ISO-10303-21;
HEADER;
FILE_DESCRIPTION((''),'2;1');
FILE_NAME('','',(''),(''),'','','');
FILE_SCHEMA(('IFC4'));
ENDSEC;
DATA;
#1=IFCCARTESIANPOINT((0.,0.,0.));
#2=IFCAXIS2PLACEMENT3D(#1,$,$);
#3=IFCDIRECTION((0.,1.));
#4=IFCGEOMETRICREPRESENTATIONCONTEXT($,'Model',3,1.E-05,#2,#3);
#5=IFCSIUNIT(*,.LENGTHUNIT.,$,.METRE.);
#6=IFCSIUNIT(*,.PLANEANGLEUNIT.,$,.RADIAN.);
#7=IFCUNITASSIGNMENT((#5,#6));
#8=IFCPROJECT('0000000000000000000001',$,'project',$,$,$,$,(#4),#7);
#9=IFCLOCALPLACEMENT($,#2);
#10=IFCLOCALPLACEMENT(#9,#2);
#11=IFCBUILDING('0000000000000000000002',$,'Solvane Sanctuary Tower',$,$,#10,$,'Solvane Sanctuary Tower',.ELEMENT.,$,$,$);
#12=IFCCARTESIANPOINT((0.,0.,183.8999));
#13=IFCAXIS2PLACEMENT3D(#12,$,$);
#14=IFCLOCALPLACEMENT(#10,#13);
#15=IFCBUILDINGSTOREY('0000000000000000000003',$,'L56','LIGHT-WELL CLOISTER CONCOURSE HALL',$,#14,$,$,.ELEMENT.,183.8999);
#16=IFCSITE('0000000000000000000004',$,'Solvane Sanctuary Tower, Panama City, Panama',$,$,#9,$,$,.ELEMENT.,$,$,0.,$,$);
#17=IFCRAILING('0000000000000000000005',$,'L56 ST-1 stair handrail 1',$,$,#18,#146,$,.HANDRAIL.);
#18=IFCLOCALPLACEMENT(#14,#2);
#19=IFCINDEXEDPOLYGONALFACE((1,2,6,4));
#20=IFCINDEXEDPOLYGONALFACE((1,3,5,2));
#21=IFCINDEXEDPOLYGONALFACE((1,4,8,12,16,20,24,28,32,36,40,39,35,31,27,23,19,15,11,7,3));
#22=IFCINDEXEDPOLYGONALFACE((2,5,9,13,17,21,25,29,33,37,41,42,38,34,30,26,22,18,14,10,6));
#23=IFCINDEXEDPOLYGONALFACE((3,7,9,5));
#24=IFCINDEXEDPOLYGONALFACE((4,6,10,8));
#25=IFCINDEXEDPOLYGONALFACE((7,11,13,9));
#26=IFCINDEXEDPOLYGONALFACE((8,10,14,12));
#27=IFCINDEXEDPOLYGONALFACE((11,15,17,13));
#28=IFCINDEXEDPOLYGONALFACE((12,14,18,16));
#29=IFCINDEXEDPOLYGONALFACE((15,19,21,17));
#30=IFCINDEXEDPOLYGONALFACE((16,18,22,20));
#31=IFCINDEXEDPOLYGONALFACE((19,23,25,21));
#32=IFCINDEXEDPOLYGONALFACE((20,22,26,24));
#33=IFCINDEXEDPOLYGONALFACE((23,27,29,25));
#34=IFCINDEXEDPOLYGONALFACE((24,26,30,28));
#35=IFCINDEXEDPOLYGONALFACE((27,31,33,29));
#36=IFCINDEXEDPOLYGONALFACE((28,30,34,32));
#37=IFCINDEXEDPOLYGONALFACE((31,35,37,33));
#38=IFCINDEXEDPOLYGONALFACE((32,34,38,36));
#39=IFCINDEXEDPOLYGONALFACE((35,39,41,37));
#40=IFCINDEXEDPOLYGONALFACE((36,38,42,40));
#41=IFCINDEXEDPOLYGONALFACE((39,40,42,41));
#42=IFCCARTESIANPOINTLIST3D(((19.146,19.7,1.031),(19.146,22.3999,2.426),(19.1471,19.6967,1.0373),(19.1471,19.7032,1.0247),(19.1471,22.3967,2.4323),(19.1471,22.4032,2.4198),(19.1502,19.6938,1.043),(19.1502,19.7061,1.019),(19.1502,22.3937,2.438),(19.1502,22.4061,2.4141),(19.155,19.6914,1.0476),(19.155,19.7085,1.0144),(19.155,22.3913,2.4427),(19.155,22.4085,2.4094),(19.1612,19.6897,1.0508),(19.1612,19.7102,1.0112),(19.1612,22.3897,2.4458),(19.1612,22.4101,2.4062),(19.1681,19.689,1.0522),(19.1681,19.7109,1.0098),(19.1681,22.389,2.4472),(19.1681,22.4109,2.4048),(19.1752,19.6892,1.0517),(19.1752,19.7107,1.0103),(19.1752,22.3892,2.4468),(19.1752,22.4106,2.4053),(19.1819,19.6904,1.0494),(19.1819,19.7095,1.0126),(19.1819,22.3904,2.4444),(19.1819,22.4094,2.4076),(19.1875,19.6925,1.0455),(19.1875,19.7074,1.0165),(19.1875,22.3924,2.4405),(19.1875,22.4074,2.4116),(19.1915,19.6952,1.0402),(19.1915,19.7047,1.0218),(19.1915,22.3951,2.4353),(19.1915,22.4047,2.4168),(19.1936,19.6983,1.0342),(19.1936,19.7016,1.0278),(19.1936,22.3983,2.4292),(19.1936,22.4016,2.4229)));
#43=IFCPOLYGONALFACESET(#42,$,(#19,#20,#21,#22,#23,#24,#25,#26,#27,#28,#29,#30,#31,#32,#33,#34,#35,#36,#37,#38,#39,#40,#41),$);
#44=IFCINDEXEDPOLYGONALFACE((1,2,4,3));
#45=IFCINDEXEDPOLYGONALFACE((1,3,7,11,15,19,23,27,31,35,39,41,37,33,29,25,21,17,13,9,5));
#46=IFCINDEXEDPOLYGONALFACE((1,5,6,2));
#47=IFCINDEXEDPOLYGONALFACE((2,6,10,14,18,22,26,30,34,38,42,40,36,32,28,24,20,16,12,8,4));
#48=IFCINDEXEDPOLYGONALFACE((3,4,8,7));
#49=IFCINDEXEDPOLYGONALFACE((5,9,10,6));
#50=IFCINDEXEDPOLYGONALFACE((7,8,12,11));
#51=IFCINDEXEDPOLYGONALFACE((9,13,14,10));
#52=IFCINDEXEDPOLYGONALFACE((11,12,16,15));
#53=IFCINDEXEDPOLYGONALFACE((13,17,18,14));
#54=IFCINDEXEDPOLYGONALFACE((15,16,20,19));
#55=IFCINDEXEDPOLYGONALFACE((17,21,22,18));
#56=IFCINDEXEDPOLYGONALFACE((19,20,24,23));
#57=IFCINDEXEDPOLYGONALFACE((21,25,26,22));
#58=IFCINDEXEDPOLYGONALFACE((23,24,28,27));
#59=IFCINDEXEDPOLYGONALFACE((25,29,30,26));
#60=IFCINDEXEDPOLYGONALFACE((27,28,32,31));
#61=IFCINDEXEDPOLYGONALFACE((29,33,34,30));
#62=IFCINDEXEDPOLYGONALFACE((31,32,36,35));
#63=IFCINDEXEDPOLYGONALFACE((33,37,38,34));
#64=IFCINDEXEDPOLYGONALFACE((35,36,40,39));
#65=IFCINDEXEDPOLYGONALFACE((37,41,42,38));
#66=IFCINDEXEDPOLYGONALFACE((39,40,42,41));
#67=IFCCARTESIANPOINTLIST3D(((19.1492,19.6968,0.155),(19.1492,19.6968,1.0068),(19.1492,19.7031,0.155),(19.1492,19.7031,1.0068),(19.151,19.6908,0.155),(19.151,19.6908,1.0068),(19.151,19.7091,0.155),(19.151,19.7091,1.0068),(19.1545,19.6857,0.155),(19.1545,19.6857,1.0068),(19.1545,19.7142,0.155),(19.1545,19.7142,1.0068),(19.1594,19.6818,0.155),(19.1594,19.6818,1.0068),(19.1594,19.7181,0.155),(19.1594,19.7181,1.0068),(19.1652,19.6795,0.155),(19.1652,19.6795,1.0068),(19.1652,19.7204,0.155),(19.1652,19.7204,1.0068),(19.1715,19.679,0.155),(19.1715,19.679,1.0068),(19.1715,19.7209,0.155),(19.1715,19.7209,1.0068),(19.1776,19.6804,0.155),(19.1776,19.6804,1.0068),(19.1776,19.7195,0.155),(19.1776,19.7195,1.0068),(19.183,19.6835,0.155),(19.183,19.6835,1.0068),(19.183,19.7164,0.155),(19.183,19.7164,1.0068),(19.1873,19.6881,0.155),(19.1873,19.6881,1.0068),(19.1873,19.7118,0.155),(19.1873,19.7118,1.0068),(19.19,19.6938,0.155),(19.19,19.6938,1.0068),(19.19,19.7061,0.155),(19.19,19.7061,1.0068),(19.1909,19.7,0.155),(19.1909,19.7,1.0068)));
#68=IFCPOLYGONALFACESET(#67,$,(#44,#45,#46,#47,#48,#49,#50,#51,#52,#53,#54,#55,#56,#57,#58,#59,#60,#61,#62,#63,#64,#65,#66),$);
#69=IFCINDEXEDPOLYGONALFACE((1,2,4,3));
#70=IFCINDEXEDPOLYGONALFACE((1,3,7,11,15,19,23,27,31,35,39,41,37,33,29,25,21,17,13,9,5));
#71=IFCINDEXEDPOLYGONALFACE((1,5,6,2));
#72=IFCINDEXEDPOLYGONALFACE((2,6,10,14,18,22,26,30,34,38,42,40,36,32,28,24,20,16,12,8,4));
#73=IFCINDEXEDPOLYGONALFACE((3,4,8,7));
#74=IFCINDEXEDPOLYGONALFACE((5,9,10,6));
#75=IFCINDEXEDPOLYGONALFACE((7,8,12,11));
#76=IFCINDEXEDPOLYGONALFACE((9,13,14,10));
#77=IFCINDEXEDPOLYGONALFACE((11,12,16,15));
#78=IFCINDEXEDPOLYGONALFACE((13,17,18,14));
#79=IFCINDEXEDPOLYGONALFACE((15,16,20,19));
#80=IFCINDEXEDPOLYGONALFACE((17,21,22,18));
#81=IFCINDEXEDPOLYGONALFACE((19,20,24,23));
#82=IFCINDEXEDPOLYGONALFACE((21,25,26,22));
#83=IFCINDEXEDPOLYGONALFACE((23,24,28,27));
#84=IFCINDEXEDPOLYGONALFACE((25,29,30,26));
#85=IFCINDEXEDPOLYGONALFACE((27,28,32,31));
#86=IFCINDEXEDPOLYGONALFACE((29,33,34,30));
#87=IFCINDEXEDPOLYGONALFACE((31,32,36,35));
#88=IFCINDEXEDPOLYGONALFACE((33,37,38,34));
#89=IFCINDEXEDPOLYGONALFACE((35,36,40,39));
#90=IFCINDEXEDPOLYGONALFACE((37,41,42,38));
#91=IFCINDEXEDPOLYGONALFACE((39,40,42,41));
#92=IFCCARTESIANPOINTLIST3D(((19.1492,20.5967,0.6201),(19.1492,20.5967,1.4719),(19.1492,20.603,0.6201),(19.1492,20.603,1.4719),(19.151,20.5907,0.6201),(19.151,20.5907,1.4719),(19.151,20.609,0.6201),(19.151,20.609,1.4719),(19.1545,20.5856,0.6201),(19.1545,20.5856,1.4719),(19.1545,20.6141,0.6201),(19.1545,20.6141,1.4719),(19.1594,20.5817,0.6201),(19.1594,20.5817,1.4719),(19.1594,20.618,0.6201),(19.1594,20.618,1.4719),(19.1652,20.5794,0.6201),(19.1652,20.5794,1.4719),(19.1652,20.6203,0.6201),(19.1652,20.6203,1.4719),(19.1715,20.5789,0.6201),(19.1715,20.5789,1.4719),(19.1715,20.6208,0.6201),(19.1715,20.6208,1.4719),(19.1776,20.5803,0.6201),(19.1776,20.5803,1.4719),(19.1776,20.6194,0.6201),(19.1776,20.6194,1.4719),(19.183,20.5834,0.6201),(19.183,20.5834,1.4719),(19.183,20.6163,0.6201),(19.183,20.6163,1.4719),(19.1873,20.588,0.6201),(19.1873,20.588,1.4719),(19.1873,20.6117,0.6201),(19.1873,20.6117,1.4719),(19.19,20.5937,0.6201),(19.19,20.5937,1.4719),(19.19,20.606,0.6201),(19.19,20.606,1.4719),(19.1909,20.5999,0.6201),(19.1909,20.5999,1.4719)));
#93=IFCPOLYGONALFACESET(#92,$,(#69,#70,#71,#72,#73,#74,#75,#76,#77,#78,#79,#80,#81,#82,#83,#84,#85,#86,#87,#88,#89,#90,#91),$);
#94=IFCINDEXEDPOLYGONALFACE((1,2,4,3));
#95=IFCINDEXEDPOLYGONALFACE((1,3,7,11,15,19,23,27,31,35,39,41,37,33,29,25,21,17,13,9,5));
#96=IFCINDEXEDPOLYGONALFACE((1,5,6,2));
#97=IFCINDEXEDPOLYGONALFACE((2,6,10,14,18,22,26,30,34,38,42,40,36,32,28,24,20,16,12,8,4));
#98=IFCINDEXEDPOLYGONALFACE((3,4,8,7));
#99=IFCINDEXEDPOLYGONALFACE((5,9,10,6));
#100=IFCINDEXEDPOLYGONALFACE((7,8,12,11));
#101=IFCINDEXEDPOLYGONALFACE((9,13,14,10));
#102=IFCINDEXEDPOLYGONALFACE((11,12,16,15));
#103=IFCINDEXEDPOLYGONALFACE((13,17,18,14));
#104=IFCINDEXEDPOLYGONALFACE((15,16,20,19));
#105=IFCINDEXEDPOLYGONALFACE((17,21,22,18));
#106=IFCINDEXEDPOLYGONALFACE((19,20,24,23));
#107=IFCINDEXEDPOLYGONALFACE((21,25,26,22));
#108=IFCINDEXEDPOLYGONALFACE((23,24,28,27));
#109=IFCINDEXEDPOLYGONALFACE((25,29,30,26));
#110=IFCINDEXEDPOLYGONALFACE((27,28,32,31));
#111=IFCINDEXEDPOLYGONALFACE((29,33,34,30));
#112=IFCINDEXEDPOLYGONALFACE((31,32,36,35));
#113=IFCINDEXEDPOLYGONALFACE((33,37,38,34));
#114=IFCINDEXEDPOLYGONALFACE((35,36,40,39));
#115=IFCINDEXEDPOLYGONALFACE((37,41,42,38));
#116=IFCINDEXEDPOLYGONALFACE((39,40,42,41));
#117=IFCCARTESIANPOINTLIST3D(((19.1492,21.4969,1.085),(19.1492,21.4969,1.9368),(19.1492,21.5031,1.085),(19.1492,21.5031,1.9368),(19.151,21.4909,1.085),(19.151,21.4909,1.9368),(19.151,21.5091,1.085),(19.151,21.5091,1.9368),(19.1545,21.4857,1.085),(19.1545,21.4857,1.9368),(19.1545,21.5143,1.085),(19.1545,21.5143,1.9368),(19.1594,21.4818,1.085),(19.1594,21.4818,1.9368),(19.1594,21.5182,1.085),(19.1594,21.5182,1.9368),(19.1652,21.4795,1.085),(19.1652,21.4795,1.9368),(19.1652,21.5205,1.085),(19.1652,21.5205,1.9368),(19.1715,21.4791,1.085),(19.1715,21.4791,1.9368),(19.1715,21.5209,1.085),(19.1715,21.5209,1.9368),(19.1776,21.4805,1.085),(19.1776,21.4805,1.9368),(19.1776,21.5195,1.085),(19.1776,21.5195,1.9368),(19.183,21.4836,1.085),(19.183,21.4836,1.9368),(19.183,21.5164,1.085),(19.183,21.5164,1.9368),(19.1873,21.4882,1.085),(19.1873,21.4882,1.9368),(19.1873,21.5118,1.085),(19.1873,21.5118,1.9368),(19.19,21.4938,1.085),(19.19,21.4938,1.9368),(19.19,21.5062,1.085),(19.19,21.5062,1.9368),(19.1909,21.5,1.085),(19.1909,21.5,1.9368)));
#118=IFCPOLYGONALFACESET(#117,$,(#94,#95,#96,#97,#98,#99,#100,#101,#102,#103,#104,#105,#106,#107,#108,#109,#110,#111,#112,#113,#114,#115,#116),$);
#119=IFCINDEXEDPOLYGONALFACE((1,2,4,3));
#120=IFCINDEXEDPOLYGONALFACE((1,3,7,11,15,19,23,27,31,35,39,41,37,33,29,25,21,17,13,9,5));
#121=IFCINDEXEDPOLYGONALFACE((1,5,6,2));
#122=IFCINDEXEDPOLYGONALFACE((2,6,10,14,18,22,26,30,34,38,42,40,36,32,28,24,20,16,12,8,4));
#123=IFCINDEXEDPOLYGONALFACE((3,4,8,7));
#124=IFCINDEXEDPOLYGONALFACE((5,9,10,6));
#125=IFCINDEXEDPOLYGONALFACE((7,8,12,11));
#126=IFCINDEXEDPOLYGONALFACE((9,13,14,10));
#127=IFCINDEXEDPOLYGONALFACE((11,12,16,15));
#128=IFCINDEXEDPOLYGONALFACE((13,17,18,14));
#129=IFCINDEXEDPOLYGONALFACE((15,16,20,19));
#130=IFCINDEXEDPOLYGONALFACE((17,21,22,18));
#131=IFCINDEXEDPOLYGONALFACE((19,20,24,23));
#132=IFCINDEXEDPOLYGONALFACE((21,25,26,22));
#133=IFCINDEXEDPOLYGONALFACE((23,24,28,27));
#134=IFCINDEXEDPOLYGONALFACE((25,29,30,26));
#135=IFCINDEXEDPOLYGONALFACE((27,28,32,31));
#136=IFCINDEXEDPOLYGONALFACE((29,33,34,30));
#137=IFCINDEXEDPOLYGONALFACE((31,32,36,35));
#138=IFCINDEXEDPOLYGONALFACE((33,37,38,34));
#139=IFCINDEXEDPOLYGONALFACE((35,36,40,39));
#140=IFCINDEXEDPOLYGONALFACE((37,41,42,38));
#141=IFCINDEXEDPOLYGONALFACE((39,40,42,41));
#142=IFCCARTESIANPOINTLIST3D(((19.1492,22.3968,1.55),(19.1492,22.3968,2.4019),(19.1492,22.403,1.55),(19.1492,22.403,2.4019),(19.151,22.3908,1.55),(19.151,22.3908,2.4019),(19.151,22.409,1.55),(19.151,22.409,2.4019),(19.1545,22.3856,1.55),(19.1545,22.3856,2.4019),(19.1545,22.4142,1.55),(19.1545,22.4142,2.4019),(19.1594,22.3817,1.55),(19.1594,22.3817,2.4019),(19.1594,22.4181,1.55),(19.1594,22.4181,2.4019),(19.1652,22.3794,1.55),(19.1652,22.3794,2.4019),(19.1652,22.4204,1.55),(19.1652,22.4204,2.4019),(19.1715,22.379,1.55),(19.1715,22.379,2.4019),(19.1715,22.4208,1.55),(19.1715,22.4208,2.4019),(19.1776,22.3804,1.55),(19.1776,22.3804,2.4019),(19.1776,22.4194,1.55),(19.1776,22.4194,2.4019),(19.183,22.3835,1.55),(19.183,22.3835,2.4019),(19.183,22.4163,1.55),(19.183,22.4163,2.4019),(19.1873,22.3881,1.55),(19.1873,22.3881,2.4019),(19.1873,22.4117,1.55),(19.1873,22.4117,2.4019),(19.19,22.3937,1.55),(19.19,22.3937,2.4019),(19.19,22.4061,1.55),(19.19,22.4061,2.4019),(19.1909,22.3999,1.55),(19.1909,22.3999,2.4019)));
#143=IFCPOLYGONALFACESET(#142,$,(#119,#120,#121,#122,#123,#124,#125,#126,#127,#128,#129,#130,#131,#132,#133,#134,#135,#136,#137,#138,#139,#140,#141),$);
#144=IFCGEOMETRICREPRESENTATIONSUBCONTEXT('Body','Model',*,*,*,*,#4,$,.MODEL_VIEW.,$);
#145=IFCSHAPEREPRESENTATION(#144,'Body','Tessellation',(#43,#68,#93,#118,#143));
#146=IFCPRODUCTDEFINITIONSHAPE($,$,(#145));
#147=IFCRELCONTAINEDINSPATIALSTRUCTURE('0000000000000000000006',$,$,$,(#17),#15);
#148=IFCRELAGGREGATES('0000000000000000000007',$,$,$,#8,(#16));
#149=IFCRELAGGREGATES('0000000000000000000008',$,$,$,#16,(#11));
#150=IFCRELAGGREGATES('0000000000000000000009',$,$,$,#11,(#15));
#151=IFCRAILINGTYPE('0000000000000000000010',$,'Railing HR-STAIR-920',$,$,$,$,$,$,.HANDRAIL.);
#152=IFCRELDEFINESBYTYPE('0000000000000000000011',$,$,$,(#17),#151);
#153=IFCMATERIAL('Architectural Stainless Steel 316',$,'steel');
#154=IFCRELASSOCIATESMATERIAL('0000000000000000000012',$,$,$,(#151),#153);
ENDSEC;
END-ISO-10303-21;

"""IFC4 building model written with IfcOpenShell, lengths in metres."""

from ifc_helpers import new_model, si_unit, direction, frame, origin, origin_2d, place, context, subcontext, project, spatial, circle, extrude, material, type_object, element, save


model = new_model("IFC4")

# Units and contexts
model_context = context("Model", 3, precision=1e-05, world=origin(), true_north=direction((0.0, 1.0)))
body_context = subcontext(model_context, "Body", "Model", "MODEL_VIEW")
ifc_project = project(units=[si_unit("LENGTHUNIT", "METRE"), si_unit("PLANEANGLEUNIT", "RADIAN")], contexts=[model_context])

# Site, building, storey
site_placement = place(None, origin())
site = spatial("IfcSite", under=ifc_project, at=site_placement, Name="Solvane Sanctuary Tower, Panama City, Panama", CompositionType="ELEMENT", RefElevation=0.0)
building_placement = place(site_placement, origin())
building = spatial("IfcBuilding", under=site, at=building_placement, Name="Solvane Sanctuary Tower", LongName="Solvane Sanctuary Tower", CompositionType="ELEMENT")
storey_placement = place(building_placement, frame((0.0, 0.0, 183.8999)))
storey = spatial("IfcBuildingStorey", under=building, at=storey_placement, Name="L56", Description="LIGHT-WELL CLOISTER CONCOURSE HALL", CompositionType="ELEMENT", Elevation=183.8999)

# Shared definitions
ifc_material_1 = material(Name="Architectural Stainless Steel 316", Category="steel")

# Railing
railing_type_1 = type_object("IfcRailingType", Name="Railing HR-STAIR-920", PredefinedType="HANDRAIL", material=ifc_material_1)
railing_1_placement = place(storey_placement, frame((19.1699, 19.7, 0.155)))
element("IfcRailing", 1, at=railing_1_placement, inside=storey, type_object=railing_type_1, Name="L56 ST-1 stair handrail 1", PredefinedType="HANDRAIL", context=body_context, shape_type="SweptSolid", body=[
    extrude(circle(Radius=0.0239, at=origin_2d()), frame((0.0, 0.0, 0.876), z_axis=(0.0, 0.88842, 0.459032), x_axis=(-1.0, 0.0, 0.0)), (0.0, 0.0, 1.0), 3.0391),
    extrude(circle(Radius=0.021, at=origin_2d()), origin(), (0.0, 0.0, 1.0), 0.8518),
    extrude(circle(Radius=0.021, at=origin_2d()), frame((0.0, 0.8999, 0.4651)), (0.0, 0.0, 1.0), 0.8518),
    extrude(circle(Radius=0.021, at=origin_2d()), frame((0.0, 1.8, 0.9299)), (0.0, 0.0, 1.0), 0.8518),
    extrude(circle(Radius=0.021, at=origin_2d()), frame((0.0, 2.7, 1.395)), (0.0, 0.0, 1.0), 0.8518),
])

save(model, "model.ifc")
